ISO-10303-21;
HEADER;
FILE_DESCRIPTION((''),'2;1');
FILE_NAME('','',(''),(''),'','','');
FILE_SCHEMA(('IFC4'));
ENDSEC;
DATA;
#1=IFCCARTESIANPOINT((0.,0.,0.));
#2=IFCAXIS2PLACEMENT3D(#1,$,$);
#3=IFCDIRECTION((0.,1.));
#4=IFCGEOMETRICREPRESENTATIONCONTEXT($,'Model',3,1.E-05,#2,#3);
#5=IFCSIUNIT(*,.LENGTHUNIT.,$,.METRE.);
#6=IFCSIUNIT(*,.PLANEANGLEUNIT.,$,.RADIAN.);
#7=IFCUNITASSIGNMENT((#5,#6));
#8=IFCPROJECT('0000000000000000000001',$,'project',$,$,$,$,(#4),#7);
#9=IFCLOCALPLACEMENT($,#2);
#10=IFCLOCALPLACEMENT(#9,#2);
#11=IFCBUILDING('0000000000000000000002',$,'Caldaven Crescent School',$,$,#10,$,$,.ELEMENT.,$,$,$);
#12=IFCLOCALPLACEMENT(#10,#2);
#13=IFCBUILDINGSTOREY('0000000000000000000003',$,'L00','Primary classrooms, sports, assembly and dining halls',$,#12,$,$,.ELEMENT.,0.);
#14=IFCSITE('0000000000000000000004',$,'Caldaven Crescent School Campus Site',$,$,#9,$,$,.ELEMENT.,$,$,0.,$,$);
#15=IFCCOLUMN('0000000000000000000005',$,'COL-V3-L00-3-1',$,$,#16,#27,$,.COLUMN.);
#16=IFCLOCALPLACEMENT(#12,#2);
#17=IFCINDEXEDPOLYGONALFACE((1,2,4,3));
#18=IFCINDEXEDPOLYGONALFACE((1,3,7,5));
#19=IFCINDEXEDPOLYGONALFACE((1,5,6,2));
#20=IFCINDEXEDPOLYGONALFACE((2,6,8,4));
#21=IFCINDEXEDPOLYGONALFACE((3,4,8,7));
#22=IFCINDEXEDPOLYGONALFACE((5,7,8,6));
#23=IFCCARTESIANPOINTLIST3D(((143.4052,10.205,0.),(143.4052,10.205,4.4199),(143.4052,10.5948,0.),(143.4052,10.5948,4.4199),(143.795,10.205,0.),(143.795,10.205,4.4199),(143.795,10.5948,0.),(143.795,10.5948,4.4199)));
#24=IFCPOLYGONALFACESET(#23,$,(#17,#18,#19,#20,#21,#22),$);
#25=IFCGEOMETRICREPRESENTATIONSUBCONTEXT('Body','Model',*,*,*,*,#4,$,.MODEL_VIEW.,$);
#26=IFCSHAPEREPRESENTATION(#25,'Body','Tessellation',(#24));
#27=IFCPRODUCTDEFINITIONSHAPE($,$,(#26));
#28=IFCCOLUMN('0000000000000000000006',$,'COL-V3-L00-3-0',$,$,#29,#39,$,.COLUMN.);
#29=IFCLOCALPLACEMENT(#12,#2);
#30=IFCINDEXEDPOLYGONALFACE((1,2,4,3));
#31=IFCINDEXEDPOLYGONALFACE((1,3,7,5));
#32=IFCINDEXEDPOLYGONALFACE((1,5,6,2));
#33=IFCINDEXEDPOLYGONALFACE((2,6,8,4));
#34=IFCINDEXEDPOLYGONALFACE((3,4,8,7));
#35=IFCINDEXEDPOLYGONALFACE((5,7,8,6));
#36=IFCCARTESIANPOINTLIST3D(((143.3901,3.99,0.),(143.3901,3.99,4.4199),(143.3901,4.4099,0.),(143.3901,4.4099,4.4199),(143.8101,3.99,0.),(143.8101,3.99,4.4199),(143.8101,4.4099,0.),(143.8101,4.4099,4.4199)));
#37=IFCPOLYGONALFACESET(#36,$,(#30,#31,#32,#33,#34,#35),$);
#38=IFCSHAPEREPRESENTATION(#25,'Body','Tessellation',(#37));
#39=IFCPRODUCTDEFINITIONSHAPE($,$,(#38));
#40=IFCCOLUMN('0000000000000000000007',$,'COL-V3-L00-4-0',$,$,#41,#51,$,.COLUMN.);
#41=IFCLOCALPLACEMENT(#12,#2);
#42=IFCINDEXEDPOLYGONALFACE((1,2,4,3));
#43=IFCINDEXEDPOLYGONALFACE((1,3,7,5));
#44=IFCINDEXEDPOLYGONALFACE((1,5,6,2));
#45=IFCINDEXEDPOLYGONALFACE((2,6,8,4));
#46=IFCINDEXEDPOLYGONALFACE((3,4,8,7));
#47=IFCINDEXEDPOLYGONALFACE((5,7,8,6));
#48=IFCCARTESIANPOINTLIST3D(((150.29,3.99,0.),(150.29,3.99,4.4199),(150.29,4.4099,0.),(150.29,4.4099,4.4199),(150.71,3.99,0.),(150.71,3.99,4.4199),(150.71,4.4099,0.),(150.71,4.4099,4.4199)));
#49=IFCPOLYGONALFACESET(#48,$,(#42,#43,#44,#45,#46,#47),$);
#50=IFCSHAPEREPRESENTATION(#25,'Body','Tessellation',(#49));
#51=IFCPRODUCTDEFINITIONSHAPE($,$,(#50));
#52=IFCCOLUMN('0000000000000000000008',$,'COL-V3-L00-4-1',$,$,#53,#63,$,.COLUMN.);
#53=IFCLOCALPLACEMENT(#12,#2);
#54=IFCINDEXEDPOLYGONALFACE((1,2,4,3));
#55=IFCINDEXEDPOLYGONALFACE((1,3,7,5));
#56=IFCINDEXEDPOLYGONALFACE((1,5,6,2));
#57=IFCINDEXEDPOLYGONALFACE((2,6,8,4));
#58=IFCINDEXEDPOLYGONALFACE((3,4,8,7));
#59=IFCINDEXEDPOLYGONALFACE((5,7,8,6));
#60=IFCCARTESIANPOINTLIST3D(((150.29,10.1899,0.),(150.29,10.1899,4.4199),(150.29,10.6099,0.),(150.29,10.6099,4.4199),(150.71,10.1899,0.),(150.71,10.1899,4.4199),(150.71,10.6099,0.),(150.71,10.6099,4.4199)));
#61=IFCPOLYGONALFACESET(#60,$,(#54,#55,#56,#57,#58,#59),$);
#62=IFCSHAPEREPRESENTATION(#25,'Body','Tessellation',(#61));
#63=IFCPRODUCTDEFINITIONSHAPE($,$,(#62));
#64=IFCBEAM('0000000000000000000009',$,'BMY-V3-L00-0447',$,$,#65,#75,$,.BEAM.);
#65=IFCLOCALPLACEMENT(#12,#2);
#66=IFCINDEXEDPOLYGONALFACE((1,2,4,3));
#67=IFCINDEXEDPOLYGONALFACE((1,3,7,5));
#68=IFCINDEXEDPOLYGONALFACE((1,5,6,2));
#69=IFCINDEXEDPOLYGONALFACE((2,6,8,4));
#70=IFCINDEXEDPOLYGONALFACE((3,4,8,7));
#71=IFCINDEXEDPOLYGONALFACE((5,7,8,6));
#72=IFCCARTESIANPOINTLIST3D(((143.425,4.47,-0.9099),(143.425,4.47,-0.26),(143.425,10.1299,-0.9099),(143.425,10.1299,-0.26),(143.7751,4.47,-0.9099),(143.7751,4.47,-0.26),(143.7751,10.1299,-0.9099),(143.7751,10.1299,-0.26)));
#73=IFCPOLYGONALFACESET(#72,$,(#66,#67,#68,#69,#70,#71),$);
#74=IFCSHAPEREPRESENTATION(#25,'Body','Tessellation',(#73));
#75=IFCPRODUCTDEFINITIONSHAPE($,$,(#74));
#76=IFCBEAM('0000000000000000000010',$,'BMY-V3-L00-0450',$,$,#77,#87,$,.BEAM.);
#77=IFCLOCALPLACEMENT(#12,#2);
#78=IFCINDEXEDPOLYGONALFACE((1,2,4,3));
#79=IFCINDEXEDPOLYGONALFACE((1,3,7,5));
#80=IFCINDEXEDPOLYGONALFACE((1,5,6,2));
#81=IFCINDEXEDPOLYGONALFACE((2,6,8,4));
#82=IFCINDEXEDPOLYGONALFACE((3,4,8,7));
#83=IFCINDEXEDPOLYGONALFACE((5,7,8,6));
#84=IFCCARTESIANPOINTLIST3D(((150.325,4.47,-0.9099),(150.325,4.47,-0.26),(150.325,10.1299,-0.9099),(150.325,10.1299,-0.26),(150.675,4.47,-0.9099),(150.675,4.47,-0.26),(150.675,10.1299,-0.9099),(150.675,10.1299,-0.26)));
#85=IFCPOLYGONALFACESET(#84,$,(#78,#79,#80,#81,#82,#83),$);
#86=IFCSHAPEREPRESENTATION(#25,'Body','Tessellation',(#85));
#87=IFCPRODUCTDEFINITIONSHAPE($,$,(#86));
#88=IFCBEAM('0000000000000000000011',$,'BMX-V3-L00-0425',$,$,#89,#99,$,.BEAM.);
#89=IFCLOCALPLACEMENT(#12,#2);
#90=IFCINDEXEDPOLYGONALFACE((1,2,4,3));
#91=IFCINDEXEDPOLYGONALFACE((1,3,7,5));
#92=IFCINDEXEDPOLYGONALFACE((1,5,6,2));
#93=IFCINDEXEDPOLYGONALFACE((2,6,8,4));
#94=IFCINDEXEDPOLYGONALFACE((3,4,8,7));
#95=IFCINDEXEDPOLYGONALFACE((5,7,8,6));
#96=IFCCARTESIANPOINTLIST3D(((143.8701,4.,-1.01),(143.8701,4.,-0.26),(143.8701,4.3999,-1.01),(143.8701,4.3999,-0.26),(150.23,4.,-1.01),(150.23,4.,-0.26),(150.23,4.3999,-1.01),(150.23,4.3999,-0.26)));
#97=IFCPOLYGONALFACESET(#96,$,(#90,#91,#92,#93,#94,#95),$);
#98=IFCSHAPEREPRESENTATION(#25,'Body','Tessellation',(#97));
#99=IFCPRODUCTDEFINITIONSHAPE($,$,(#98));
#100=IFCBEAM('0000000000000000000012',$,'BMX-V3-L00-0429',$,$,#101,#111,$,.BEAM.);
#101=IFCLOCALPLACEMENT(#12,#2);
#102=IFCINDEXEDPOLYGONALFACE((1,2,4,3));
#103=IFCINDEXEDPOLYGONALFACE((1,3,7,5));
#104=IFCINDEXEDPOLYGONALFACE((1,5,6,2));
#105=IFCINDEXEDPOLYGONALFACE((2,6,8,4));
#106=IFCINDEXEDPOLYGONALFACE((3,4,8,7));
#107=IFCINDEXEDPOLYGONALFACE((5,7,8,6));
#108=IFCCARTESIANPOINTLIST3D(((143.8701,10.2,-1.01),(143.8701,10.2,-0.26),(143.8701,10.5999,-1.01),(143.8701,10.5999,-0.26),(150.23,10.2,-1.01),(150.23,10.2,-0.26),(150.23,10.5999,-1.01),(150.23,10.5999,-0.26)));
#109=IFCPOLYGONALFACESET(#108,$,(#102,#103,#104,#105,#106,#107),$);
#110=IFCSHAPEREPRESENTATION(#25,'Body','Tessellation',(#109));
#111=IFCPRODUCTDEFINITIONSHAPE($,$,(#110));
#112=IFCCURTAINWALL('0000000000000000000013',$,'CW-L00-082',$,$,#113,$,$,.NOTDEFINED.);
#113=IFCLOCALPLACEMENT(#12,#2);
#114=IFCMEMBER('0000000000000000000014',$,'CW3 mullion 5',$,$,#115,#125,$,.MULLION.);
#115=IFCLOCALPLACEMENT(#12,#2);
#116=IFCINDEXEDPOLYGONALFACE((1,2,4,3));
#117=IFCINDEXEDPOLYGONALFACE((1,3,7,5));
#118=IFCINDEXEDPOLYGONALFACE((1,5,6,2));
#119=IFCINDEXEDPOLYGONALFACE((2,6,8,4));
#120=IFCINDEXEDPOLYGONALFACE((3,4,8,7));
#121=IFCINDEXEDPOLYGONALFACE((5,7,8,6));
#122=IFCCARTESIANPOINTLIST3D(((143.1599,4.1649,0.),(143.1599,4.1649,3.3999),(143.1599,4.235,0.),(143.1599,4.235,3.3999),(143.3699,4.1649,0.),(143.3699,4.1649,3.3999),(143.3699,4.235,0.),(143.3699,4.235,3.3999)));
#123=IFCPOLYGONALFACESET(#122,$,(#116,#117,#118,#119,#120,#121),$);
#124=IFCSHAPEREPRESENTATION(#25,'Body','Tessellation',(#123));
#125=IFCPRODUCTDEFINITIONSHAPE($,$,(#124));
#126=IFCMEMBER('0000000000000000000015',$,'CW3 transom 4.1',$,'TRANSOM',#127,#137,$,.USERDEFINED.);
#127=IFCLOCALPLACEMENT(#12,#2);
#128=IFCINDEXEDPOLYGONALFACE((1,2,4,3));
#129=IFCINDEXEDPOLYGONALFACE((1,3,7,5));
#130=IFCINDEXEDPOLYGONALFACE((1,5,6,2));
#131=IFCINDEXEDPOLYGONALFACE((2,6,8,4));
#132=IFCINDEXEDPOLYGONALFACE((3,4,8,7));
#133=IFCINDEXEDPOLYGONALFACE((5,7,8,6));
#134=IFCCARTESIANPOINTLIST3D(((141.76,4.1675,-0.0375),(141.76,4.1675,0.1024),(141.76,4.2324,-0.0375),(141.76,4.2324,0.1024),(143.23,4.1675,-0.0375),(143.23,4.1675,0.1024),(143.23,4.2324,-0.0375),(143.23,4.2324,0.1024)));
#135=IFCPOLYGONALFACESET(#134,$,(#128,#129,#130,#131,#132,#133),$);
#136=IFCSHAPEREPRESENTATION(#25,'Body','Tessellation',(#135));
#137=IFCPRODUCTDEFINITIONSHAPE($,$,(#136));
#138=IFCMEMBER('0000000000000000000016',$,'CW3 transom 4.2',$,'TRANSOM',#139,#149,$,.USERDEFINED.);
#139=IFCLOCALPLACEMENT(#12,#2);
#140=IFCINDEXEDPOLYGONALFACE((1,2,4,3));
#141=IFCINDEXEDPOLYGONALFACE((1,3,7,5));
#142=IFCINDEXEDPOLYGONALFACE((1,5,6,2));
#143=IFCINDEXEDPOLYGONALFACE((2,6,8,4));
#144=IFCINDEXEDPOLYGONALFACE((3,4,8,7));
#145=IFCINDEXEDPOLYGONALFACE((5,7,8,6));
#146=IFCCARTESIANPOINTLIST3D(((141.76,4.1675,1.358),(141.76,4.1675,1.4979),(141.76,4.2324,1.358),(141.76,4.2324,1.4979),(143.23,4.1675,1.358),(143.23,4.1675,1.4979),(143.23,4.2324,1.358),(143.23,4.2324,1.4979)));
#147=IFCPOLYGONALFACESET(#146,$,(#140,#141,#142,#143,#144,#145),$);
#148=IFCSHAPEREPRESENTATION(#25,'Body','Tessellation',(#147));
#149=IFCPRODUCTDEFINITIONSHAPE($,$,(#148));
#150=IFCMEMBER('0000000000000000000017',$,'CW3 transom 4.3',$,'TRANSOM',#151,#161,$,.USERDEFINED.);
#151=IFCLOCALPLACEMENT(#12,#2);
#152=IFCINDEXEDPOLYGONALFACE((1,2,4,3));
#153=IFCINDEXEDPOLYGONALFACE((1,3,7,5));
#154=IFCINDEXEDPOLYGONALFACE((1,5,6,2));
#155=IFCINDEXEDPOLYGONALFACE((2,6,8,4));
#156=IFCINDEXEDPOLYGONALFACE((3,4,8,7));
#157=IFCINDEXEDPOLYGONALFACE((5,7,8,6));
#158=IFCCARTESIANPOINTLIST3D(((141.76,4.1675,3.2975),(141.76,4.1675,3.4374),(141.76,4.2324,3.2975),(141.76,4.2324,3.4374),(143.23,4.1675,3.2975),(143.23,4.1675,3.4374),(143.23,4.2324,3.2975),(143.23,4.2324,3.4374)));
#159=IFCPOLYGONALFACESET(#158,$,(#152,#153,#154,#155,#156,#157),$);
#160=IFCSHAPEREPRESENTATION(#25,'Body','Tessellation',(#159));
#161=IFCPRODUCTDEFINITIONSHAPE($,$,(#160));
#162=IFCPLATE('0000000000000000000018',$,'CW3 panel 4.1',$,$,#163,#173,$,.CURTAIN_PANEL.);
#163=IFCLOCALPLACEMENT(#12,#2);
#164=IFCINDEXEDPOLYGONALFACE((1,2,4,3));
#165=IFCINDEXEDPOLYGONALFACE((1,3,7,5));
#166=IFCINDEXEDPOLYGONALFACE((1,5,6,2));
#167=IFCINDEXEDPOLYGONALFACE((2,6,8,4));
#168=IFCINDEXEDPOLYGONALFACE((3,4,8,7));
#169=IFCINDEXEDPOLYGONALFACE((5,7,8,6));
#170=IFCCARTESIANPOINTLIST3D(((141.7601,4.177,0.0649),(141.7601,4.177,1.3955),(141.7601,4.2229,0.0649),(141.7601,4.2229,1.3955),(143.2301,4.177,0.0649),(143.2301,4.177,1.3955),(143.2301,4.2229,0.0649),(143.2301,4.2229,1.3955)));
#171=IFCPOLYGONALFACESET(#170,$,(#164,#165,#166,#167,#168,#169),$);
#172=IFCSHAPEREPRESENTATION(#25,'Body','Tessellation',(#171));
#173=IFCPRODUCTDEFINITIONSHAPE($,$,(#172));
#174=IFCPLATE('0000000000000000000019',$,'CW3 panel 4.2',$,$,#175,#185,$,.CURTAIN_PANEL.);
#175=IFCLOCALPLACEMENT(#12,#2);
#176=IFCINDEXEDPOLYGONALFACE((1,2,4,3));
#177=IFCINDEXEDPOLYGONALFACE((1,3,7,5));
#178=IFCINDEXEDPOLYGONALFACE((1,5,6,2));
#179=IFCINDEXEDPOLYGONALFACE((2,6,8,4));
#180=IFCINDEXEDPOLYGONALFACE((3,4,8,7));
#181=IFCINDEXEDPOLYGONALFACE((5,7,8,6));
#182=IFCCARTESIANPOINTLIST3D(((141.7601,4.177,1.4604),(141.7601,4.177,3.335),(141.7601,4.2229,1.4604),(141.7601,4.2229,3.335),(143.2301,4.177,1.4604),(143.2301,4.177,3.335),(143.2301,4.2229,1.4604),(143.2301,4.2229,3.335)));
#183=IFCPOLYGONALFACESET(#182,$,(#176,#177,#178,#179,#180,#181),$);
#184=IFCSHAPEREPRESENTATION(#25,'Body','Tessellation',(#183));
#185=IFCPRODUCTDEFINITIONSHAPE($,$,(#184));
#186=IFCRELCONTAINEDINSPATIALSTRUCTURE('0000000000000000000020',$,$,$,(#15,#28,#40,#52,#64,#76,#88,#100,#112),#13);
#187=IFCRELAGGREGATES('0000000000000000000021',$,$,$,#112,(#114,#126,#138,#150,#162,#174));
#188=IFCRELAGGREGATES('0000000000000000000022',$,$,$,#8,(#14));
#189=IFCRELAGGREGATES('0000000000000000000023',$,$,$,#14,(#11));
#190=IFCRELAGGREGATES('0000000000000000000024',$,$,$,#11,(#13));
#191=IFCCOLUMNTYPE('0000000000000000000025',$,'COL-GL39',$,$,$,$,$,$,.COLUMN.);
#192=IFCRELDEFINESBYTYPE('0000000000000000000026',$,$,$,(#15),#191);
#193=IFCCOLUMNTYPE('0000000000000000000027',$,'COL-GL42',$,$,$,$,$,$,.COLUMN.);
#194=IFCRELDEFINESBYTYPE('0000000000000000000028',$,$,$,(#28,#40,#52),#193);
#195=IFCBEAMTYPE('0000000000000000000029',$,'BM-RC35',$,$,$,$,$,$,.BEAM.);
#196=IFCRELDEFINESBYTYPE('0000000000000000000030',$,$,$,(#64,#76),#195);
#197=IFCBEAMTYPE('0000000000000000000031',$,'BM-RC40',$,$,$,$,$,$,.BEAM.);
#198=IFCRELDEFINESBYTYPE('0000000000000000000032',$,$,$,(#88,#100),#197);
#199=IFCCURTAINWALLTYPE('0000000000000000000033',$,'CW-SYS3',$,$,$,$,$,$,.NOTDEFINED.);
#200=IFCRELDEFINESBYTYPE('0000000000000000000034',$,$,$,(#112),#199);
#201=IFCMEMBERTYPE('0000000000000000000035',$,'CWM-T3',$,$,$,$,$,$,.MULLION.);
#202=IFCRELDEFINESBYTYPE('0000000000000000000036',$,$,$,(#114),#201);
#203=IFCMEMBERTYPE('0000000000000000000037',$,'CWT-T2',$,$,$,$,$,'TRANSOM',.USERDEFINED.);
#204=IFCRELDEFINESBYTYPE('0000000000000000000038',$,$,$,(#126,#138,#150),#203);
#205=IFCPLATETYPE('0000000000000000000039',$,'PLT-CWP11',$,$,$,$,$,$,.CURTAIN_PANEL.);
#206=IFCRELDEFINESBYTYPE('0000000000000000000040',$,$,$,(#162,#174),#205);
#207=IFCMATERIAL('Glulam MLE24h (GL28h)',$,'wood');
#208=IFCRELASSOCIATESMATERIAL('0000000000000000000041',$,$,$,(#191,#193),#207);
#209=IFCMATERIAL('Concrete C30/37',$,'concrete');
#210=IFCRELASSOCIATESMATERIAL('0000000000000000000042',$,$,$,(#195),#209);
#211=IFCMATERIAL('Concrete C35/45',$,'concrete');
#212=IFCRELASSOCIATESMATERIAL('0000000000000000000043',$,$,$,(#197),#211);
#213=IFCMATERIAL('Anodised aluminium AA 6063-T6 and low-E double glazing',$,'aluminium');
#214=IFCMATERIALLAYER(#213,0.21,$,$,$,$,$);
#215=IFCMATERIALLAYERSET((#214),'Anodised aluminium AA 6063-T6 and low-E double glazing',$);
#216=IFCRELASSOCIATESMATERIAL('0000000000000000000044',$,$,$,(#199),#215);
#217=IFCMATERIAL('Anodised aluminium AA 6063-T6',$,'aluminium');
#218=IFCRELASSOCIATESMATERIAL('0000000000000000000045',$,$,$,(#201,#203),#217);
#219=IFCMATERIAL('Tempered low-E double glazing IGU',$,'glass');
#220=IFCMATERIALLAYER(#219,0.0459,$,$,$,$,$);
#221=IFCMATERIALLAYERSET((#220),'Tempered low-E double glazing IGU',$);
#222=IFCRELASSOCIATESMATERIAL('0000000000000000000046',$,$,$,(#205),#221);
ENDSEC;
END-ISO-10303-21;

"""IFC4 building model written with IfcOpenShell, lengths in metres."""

from ifc_helpers import new_model, si_unit, direction, frame, origin, origin_2d, place, context, subcontext, project, spatial, rectangle, extrude, material, layer, layer_set, material_profile, profile_set, type_object, element, aggregate, save


model = new_model("IFC4")

# Units and contexts
model_context = context("Model", 3, precision=1e-05, world=origin(), true_north=direction((0.0, 1.0)))
body_context = subcontext(model_context, "Body", "Model", "MODEL_VIEW")
ifc_project = project(units=[si_unit("LENGTHUNIT", "METRE"), si_unit("PLANEANGLEUNIT", "RADIAN")], contexts=[model_context])

# Site, building, storey
site_placement = place(None, origin())
site = spatial("IfcSite", under=ifc_project, at=site_placement, Name="Caldaven Crescent School Campus Site", CompositionType="ELEMENT", RefElevation=0.0)
building_placement = place(site_placement, origin())
building = spatial("IfcBuilding", under=site, at=building_placement, Name="Caldaven Crescent School", CompositionType="ELEMENT")
storey_placement = place(building_placement, origin())
storey = spatial("IfcBuildingStorey", under=building, at=storey_placement, Name="L00", Description="Primary classrooms, sports, assembly and dining halls", CompositionType="ELEMENT", Elevation=0.0)

# Columns
ifc_material_1 = material(Name="Glulam MLE24h (GL28h)", Category="wood")
ifc_material_profile_1 = material_profile(ifc_material_1, rectangle(XDim=0.3899, YDim=0.3899, at=origin_2d()), Name="MLE 390x390")
ifc_profile_set_1 = profile_set([ifc_material_profile_1], Name="Glulam MLE24h (GL28h)")
column_type_1 = type_object("IfcColumnType", Name="COL-GL39", PredefinedType="COLUMN", material=ifc_profile_set_1)
column_placement = place(storey_placement, frame((143.6001, 10.3999, 0.0), z_axis=(0.0, 0.0, 1.0), x_axis=(1.0, 0.0, 0.0)))
element("IfcColumn", 1, at=column_placement, inside=storey, type_object=column_type_1, Name="COL-V3-L00-3-1", PredefinedType="COLUMN", context=body_context, shape_type="SweptSolid", body=[
    extrude(rectangle(XDim=0.3899, YDim=0.3899, at=origin_2d()), origin(), (0.0, 0.0, 1.0), 4.4199),
])
ifc_material_profile_2 = material_profile(ifc_material_1, rectangle(XDim=0.4199, YDim=0.4199, at=origin_2d()), Name="MLE 420x420")
ifc_profile_set_2 = profile_set([ifc_material_profile_2], Name="Glulam MLE24h (GL28h)")
column_type_2 = type_object("IfcColumnType", Name="COL-GL42", PredefinedType="COLUMN", material=ifc_profile_set_2)
for number, where, z_axis, x_axis, name in (
    (2, (143.6001, 4.2, 0.0), (0.0, 0.0, 1.0), (1.0, 0.0, 0.0), "COL-V3-L00-3-0"),
    (3, (150.5, 4.2, 0.0), (0.0, 0.0, 1.0), (1.0, 0.0, 0.0), "COL-V3-L00-4-0"),
    (4, (150.5, 10.3999, 0.0), (0.0, 0.0, 1.0), (1.0, 0.0, 0.0), "COL-V3-L00-4-1"),
):
    element("IfcColumn", number, at=place(storey_placement, frame(where, z_axis=z_axis, x_axis=x_axis)), inside=storey, type_object=column_type_2, Name=name, PredefinedType="COLUMN", context=body_context, shape_type="SweptSolid", body=[
        extrude(rectangle(XDim=0.4199, YDim=0.4199, at=origin_2d()), origin(), (0.0, 0.0, 1.0), 4.4199),
    ])

# Beams
ifc_material_2 = material(Name="Concrete C30/37", Category="concrete")
ifc_material_profile_3 = material_profile(ifc_material_2, rectangle(XDim=0.3501, YDim=0.6499, at=origin_2d()), Name="RC 350x650")
ifc_profile_set_3 = profile_set([ifc_material_profile_3], Name="Concrete C30/37")
beam_type_1 = type_object("IfcBeamType", Name="BM-RC35", PredefinedType="BEAM", material=ifc_profile_set_3)
for number, where, z_axis, x_axis, name in (
    (5, (143.6001, 4.47, -0.585), (0.0, 1.0, 0.0), (-1.0, 0.0, 0.0), "BMY-V3-L00-0447"),
    (6, (150.5, 4.47, -0.585), (0.0, 1.0, 0.0), (-1.0, 0.0, 0.0), "BMY-V3-L00-0450"),
):
    element("IfcBeam", number, at=place(storey_placement, frame(where, z_axis=z_axis, x_axis=x_axis)), inside=storey, type_object=beam_type_1, Name=name, PredefinedType="BEAM", context=body_context, shape_type="SweptSolid", body=[
        extrude(rectangle(XDim=0.3501, YDim=0.6499, at=origin_2d()), origin(), (0.0, 0.0, 1.0), 5.6599),
    ])
ifc_material_3 = material(Name="Concrete C35/45", Category="concrete")
ifc_material_profile_4 = material_profile(ifc_material_3, rectangle(XDim=0.3999, YDim=0.75, at=origin_2d()), Name="RC 400x750")
ifc_profile_set_4 = profile_set([ifc_material_profile_4], Name="Concrete C35/45")
beam_type_2 = type_object("IfcBeamType", Name="BM-RC40", PredefinedType="BEAM", material=ifc_profile_set_4)
for number, where, z_axis, x_axis, name in (
    (7, (143.8701, 4.2, -0.635), (1.0, 0.0, 0.0), (0.0, 1.0, 0.0), "BMX-V3-L00-0425"),
    (8, (143.8701, 10.3999, -0.635), (1.0, 0.0, 0.0), (0.0, 1.0, 0.0), "BMX-V3-L00-0429"),
):
    element("IfcBeam", number, at=place(storey_placement, frame(where, z_axis=z_axis, x_axis=x_axis)), inside=storey, type_object=beam_type_2, Name=name, PredefinedType="BEAM", context=body_context, shape_type="SweptSolid", body=[
        extrude(rectangle(XDim=0.3999, YDim=0.75, at=origin_2d()), origin(), (0.0, 0.0, 1.0), 6.3599),
    ])

# Curtain wall, members, plates
ifc_material_4 = material(Name="Anodised aluminium AA 6063-T6 and low-E double glazing", Category="aluminium")
ifc_layer_1 = layer(ifc_material_4, 0.21)
ifc_layer_set_1 = layer_set([ifc_layer_1], Name="Anodised aluminium AA 6063-T6 and low-E double glazing")
curtain_wall_type = type_object("IfcCurtainWallType", Name="CW-SYS3", PredefinedType="NOTDEFINED", material=ifc_layer_set_1)
curtain_wall_placement = place(storey_placement, origin())
curtain_wall = element("IfcCurtainWall", 9, at=curtain_wall_placement, inside=storey, type_object=curtain_wall_type, Name="CW-L00-082", PredefinedType="NOTDEFINED")
ifc_material_5 = material(Name="Anodised aluminium AA 6063-T6", Category="aluminium")
ifc_material_profile_5 = material_profile(ifc_material_5, rectangle(XDim=0.0701, YDim=0.21, at=origin_2d()), Name="CWM 70x210")
ifc_profile_set_5 = profile_set([ifc_material_profile_5], Name="Anodised aluminium AA 6063-T6")
member_type_1 = type_object("IfcMemberType", Name="CWM-T3", PredefinedType="MULLION", material=ifc_profile_set_5)
member_1_placement = place(storey_placement, frame((143.2649, 4.2, 0.0), z_axis=(0.0, 0.0, 1.0), x_axis=(0.0, 1.0, 0.0)))
member_1 = element("IfcMember", 10, at=member_1_placement, type_object=member_type_1, Name="CW3 mullion 5", PredefinedType="MULLION", context=body_context, shape_type="SweptSolid", body=[
    extrude(rectangle(XDim=0.0701, YDim=0.21, at=origin_2d()), origin(), (0.0, 0.0, 1.0), 3.3999),
])
ifc_material_profile_6 = material_profile(ifc_material_5, rectangle(XDim=0.0649, YDim=0.1399, at=origin_2d()), Name="CWT 65x140")
ifc_profile_set_6 = profile_set([ifc_material_profile_6], Name="Anodised aluminium AA 6063-T6")
member_type_2 = type_object("IfcMemberType", Name="CWT-T2", ElementType="TRANSOM", PredefinedType="USERDEFINED", material=ifc_profile_set_6)
member_2_placement = place(storey_placement, frame((141.76, 4.2, 0.0325), z_axis=(1.0, 0.0, 0.0), x_axis=(0.0, 1.0, 0.0)))
member_2 = element("IfcMember", 11, at=member_2_placement, type_object=member_type_2, Name="CW3 transom 4.1", ObjectType="TRANSOM", PredefinedType="USERDEFINED", context=body_context, shape_type="SweptSolid", body=[
    extrude(rectangle(XDim=0.0649, YDim=0.1399, at=origin_2d()), origin(), (0.0, 0.0, 1.0), 1.47),
])
member_3_placement = place(storey_placement, frame((141.76, 4.2, 1.428), z_axis=(1.0, 0.0, 0.0), x_axis=(0.0, 1.0, 0.0)))
member_3 = element("IfcMember", 12, at=member_3_placement, type_object=member_type_2, Name="CW3 transom 4.2", ObjectType="TRANSOM", PredefinedType="USERDEFINED", context=body_context, shape_type="SweptSolid", body=[
    extrude(rectangle(XDim=0.0649, YDim=0.1399, at=origin_2d()), origin(), (0.0, 0.0, 1.0), 1.47),
])
member_4_placement = place(storey_placement, frame((141.76, 4.2, 3.3674), z_axis=(1.0, 0.0, 0.0), x_axis=(0.0, 1.0, 0.0)))
member_4 = element("IfcMember", 13, at=member_4_placement, type_object=member_type_2, Name="CW3 transom 4.3", ObjectType="TRANSOM", PredefinedType="USERDEFINED", context=body_context, shape_type="SweptSolid", body=[
    extrude(rectangle(XDim=0.0649, YDim=0.1399, at=origin_2d()), origin(), (0.0, 0.0, 1.0), 1.47),
])
ifc_material_6 = material(Name="Tempered low-E double glazing IGU", Category="glass")
ifc_layer_2 = layer(ifc_material_6, 0.0459)
ifc_layer_set_2 = layer_set([ifc_layer_2], Name="Tempered low-E double glazing IGU")
plate_type = type_object("IfcPlateType", Name="PLT-CWP11", PredefinedType="CURTAIN_PANEL", material=ifc_layer_set_2)
plate_1_placement = place(storey_placement, frame((142.4951, 4.2, 0.0649), z_axis=(0.0, 0.0, 1.0), x_axis=(1.0, 0.0, 0.0)))
plate_1 = element("IfcPlate", 14, at=plate_1_placement, type_object=plate_type, Name="CW3 panel 4.1", PredefinedType="CURTAIN_PANEL", context=body_context, shape_type="SweptSolid", body=[
    extrude(rectangle(XDim=1.47, YDim=0.0459, at=origin_2d()), origin(), (0.0, 0.0, 1.0), 1.3306),
])
plate_2_placement = place(storey_placement, frame((142.4951, 4.2, 1.4604), z_axis=(0.0, 0.0, 1.0), x_axis=(1.0, 0.0, 0.0)))
plate_2 = element("IfcPlate", 15, at=plate_2_placement, type_object=plate_type, Name="CW3 panel 4.2", PredefinedType="CURTAIN_PANEL", context=body_context, shape_type="SweptSolid", body=[
    extrude(rectangle(XDim=1.47, YDim=0.0459, at=origin_2d()), origin(), (0.0, 0.0, 1.0), 1.8745),
])
aggregate(curtain_wall, [member_1, member_2, member_3, member_4, plate_1, plate_2])

save(model, "model.ifc")
